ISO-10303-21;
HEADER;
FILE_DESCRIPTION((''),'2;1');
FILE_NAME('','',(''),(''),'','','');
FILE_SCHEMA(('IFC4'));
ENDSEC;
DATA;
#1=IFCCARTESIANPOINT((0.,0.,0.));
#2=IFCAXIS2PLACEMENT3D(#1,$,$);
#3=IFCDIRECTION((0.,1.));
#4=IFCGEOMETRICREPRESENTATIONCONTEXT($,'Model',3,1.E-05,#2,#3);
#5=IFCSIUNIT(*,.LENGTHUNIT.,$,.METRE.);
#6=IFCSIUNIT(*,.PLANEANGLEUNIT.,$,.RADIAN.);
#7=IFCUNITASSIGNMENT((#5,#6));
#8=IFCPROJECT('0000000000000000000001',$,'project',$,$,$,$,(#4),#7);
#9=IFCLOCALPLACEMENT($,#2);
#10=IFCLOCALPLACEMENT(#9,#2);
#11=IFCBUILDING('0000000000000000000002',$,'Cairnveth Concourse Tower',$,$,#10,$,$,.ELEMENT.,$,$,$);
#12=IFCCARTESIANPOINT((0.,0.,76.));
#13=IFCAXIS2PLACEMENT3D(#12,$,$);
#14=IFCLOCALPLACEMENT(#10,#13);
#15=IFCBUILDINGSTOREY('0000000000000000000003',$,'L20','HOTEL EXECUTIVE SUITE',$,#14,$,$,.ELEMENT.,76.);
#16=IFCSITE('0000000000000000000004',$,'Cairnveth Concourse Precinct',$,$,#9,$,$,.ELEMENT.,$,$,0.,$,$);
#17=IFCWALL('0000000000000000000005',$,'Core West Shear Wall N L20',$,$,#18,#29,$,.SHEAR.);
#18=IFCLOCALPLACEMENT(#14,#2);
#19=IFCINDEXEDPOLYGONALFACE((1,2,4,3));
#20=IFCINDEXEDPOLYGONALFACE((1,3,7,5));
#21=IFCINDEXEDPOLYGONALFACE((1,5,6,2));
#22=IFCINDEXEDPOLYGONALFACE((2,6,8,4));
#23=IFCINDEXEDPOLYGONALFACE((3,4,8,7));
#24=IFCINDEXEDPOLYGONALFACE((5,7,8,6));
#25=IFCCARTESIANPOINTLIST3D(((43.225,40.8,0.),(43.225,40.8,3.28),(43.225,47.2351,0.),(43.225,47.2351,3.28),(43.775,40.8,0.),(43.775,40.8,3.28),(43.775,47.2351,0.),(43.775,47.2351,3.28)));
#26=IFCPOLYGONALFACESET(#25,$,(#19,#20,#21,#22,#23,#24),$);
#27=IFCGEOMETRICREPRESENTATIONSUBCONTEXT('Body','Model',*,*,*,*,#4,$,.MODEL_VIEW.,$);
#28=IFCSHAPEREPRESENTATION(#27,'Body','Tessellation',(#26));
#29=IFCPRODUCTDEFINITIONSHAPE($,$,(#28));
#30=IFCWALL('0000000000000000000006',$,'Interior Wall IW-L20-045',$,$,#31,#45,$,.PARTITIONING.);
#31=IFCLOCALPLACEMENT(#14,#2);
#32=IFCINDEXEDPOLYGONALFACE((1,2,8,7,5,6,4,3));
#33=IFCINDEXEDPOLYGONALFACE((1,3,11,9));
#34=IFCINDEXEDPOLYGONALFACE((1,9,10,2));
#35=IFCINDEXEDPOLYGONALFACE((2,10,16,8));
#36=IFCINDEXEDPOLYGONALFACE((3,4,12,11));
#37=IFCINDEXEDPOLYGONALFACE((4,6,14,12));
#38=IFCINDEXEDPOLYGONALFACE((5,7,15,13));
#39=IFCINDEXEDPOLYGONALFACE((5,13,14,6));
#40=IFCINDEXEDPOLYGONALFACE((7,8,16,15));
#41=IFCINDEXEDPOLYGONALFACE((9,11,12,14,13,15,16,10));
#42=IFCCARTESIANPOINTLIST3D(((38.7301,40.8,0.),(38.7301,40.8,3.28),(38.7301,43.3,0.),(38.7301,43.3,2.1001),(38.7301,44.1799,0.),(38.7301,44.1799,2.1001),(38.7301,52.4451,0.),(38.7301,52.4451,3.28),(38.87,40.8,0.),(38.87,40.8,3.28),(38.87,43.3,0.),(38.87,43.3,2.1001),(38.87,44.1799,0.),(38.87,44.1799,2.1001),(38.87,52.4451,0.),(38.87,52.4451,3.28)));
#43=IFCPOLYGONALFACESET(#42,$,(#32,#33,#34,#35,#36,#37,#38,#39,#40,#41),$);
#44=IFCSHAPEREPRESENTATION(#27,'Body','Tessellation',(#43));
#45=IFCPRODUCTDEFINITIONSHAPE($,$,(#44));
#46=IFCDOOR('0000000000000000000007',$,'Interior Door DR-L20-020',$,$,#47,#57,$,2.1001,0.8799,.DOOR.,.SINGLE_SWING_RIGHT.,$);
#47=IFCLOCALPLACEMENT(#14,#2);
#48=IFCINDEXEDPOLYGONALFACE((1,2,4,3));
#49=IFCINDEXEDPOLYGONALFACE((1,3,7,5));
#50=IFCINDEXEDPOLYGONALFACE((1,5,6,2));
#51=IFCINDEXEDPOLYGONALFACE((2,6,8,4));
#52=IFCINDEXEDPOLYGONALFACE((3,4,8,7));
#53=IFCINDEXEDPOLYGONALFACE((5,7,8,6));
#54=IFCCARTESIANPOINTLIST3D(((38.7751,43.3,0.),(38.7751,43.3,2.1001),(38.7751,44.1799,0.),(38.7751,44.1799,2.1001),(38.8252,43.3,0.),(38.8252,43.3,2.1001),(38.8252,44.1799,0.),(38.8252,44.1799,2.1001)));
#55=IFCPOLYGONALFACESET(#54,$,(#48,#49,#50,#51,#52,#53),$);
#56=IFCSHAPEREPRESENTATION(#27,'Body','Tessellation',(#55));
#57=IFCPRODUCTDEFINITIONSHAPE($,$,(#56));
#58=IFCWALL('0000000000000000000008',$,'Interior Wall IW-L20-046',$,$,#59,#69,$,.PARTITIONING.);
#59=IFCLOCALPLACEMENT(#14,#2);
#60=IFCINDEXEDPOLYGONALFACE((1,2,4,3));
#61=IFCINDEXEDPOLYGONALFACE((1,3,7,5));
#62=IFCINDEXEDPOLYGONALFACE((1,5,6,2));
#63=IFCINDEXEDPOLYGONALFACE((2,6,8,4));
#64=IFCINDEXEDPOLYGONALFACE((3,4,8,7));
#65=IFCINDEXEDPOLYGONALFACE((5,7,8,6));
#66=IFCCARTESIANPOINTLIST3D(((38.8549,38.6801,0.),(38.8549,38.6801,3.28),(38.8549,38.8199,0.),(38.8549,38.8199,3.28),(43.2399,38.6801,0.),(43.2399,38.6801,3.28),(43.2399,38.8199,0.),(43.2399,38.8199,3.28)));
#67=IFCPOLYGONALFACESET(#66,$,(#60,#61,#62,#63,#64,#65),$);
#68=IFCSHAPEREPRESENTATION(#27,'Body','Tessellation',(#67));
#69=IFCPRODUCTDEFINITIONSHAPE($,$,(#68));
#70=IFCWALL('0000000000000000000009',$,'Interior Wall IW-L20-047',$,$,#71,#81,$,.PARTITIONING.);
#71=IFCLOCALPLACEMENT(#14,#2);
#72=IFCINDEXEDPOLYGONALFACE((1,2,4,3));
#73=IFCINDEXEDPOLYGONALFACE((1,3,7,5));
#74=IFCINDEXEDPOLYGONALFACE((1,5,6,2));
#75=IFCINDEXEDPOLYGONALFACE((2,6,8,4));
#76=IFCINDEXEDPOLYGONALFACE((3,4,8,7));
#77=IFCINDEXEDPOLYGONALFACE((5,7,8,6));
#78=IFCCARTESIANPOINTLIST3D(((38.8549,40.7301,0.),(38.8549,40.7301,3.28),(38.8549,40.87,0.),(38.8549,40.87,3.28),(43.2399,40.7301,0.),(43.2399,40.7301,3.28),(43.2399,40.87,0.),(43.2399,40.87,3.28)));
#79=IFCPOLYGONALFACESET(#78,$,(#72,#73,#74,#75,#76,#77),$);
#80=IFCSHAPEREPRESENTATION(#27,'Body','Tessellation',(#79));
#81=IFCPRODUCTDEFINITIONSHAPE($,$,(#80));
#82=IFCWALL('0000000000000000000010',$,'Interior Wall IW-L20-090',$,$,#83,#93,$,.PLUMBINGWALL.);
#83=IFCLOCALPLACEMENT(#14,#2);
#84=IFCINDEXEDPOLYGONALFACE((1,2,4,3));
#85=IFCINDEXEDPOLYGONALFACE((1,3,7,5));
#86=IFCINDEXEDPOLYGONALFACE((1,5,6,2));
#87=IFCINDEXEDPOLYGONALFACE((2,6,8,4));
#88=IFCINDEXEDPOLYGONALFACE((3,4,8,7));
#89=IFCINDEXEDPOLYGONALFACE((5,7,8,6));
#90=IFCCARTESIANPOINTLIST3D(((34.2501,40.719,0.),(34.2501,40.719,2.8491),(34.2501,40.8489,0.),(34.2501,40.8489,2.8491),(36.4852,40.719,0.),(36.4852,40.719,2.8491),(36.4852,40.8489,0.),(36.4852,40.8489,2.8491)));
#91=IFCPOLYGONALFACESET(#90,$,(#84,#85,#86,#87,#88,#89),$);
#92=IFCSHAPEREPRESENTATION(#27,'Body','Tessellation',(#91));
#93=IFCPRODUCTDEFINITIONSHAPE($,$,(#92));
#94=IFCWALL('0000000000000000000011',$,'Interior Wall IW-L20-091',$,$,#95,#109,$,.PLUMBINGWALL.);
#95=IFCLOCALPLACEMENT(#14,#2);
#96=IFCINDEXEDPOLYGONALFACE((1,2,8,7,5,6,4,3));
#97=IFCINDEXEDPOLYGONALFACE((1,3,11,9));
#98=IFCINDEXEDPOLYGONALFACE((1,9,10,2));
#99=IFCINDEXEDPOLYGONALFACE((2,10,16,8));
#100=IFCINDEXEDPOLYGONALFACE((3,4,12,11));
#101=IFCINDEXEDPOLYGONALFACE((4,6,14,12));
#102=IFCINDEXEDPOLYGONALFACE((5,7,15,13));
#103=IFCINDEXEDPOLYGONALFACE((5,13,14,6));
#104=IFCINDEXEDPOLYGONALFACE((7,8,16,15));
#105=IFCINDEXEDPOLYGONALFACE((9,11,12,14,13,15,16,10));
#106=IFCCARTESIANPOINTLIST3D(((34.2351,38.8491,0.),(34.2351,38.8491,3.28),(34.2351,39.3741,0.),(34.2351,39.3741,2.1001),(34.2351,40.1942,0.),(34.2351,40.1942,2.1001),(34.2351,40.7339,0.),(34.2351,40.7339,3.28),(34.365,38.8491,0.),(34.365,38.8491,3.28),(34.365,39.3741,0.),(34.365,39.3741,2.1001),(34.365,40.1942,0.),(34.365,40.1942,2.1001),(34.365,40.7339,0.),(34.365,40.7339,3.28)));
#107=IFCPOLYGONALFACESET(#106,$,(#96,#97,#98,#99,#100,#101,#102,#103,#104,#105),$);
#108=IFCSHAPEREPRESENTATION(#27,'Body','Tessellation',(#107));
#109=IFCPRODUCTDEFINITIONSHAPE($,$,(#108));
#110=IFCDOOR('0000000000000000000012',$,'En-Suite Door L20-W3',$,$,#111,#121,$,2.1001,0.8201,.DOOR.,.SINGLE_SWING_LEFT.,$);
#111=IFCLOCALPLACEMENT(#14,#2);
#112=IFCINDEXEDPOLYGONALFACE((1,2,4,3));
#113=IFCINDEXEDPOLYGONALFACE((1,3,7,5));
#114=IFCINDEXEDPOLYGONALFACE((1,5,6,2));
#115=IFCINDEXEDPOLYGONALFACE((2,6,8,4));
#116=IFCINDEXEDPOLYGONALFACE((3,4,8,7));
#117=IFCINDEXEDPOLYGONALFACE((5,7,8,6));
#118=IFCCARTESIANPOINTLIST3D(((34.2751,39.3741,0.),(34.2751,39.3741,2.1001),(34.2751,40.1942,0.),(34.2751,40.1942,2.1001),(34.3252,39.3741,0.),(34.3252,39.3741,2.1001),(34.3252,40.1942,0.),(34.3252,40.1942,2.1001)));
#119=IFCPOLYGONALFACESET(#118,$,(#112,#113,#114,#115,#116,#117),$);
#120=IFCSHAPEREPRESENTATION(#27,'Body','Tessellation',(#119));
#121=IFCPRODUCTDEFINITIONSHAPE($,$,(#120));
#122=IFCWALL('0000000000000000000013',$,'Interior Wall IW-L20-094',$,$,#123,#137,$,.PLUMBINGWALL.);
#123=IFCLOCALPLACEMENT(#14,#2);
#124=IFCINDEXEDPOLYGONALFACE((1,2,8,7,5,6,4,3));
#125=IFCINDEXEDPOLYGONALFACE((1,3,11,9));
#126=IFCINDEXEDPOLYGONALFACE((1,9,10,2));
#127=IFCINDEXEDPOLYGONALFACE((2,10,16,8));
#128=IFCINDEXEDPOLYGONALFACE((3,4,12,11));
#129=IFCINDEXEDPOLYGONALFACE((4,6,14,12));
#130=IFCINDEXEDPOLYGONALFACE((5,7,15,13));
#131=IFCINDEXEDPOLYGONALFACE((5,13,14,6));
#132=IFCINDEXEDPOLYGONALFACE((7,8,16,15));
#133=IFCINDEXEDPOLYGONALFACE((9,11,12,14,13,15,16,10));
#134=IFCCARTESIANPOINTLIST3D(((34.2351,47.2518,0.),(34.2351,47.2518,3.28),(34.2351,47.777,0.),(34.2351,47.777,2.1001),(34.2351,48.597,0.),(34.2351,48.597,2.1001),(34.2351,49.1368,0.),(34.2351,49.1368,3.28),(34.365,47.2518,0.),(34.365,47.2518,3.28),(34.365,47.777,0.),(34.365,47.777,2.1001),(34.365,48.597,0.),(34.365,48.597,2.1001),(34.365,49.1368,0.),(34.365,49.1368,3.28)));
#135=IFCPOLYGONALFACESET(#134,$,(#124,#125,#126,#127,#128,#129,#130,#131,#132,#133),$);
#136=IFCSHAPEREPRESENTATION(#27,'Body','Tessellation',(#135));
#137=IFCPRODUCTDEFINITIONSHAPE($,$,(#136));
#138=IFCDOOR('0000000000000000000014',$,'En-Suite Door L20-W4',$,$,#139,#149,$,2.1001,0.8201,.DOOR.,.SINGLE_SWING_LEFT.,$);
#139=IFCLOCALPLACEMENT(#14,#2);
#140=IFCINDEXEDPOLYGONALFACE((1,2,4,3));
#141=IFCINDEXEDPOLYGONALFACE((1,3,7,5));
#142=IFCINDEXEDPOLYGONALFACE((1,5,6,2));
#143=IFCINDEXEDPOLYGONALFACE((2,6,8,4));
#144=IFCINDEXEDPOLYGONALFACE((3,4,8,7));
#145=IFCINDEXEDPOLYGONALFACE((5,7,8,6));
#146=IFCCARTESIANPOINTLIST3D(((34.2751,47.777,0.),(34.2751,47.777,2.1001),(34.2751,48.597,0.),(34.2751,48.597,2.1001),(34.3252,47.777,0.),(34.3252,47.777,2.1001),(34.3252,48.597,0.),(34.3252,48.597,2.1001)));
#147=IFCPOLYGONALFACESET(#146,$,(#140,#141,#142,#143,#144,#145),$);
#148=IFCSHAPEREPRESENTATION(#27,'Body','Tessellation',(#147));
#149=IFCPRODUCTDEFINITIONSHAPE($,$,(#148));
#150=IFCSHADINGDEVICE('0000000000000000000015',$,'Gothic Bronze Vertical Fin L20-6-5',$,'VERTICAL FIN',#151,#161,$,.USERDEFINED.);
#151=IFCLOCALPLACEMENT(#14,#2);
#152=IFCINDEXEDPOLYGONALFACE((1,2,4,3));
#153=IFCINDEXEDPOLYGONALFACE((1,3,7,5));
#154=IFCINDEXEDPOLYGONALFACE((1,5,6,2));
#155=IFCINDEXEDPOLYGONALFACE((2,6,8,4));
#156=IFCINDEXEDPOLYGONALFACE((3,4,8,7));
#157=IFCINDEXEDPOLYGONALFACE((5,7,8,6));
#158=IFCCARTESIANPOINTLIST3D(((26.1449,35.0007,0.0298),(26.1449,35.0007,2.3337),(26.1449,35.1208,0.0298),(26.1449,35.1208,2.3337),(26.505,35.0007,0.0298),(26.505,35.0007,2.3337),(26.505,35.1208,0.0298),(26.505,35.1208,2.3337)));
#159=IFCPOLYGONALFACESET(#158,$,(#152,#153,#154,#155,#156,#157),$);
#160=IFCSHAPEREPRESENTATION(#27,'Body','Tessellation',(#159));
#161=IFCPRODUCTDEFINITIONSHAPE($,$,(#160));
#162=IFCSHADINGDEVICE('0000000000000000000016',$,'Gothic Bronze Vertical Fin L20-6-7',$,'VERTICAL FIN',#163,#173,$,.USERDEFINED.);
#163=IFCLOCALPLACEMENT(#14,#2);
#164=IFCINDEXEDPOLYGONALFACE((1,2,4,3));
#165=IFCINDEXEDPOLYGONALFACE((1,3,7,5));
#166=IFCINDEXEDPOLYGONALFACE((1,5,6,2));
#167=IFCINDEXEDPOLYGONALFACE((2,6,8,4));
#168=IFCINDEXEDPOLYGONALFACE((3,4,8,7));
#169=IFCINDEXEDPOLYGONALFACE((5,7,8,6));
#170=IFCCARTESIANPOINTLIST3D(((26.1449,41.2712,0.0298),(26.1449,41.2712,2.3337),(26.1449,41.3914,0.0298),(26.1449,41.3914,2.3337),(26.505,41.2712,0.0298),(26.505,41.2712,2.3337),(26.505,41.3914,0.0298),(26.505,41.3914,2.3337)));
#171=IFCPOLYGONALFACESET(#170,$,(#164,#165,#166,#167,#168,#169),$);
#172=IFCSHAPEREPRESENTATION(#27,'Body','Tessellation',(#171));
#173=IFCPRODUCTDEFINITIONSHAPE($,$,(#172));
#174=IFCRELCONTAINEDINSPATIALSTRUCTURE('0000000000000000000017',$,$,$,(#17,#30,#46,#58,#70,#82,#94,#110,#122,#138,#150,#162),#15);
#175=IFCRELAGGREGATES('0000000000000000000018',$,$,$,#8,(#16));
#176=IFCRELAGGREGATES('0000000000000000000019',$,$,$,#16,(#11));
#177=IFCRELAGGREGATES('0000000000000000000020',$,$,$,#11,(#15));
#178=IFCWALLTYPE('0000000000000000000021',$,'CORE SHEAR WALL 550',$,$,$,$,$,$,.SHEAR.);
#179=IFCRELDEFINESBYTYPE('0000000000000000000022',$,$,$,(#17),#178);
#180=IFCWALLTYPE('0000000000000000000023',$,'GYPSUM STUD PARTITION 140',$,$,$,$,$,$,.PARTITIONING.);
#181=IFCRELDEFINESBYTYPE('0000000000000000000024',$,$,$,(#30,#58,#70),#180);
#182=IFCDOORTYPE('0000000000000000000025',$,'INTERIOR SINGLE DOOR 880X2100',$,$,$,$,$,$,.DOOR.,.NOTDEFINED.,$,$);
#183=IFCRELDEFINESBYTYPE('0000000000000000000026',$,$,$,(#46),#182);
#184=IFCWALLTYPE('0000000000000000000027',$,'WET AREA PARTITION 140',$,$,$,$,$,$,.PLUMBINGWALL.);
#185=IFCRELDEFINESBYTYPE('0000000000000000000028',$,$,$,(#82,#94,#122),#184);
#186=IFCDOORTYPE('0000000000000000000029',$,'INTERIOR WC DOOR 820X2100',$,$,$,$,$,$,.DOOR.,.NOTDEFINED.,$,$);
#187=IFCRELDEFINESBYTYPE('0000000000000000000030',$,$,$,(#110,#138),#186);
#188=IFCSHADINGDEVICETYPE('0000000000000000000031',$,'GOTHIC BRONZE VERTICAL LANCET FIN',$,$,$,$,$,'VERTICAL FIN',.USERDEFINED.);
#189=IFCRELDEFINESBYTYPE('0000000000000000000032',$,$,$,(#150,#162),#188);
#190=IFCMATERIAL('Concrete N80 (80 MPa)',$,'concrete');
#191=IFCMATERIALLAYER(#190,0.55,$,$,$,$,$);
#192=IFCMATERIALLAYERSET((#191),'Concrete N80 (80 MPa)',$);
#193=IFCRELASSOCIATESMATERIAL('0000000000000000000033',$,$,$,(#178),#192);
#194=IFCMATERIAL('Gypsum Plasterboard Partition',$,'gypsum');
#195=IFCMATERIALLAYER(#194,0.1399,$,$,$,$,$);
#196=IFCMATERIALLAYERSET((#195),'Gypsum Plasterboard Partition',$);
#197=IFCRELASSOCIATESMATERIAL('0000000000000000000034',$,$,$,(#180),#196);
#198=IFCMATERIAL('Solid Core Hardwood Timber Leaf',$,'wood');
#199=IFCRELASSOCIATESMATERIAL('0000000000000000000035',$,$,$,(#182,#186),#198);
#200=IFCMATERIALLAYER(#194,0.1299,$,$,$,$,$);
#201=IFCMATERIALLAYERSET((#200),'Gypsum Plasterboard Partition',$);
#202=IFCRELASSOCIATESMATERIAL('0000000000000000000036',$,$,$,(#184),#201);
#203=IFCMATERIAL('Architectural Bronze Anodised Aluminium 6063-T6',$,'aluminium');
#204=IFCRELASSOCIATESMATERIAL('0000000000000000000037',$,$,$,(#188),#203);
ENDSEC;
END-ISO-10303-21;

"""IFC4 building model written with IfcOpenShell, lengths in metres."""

from ifc_helpers import new_model, si_unit, direction, frame, frame_2d, origin, origin_2d, place, context, subcontext, project, spatial, rectangle, extrude, material, layer, layer_set, type_object, element, fill, save


model = new_model("IFC4")

# Units and contexts
model_context = context("Model", 3, precision=1e-05, world=origin(), true_north=direction((0.0, 1.0)))
body_context = subcontext(model_context, "Body", "Model", "MODEL_VIEW")
ifc_project = project(units=[si_unit("LENGTHUNIT", "METRE"), si_unit("PLANEANGLEUNIT", "RADIAN")], contexts=[model_context])

# Site, building, storey
site_placement = place(None, origin())
site = spatial("IfcSite", under=ifc_project, at=site_placement, Name="Cairnveth Concourse Precinct", CompositionType="ELEMENT", RefElevation=0.0)
building_placement = place(site_placement, origin())
building = spatial("IfcBuilding", under=site, at=building_placement, Name="Cairnveth Concourse Tower", CompositionType="ELEMENT")
storey_placement = place(building_placement, frame((0.0, 0.0, 76.0)))
storey = spatial("IfcBuildingStorey", under=building, at=storey_placement, Name="L20", Description="HOTEL EXECUTIVE SUITE", CompositionType="ELEMENT", Elevation=76.0)

# Shared definitions
ifc_material_1 = material(Name="Concrete N80 (80 MPa)", Category="concrete")

# Wall
ifc_material_2 = material(Name="Gypsum Plasterboard Partition", Category="gypsum")
ifc_layer_1 = layer(ifc_material_1, 0.55)
ifc_layer_set_1 = layer_set([ifc_layer_1], Name="Concrete N80 (80 MPa)")
wall_type_1 = type_object("IfcWallType", Name="CORE SHEAR WALL 550", PredefinedType="SHEAR", material=ifc_layer_set_1)
wall_1_placement = place(storey_placement, frame((43.5, 40.8, 0.0), z_axis=(0.0, 0.0, 1.0), x_axis=(0.0, 1.0, 0.0)))
element("IfcWall", 1, at=wall_1_placement, inside=storey, type_object=wall_type_1, Name="Core West Shear Wall N L20", PredefinedType="SHEAR", context=body_context, shape_type="SweptSolid", body=[
    extrude(rectangle(XDim=6.4351, YDim=0.55, at=frame_2d((3.2175, 0.0))), origin(), (0.0, 0.0, 1.0), 3.28),
])

# Wall, opening, door
ifc_layer_2 = layer(ifc_material_2, 0.1399)
ifc_layer_set_2 = layer_set([ifc_layer_2], Name="Gypsum Plasterboard Partition")
wall_type_2 = type_object("IfcWallType", Name="GYPSUM STUD PARTITION 140", PredefinedType="PARTITIONING", material=ifc_layer_set_2)
wall_2_placement = place(storey_placement, frame((38.8, 40.8, 0.0), z_axis=(0.0, 0.0, 1.0), x_axis=(0.0, 1.0, 0.0)))
wall_2 = element("IfcWall", 2, at=wall_2_placement, inside=storey, type_object=wall_type_2, Name="Interior Wall IW-L20-045", PredefinedType="PARTITIONING", context=body_context, shape_type="SweptSolid", body=[
    extrude(rectangle(XDim=11.645, YDim=0.1399, at=frame_2d((5.8225, 0.0))), origin(), (0.0, 0.0, 1.0), 3.28),
])
opening_1_placement = place(wall_2_placement, frame((2.5, 0.0, 0.0)))
opening_1 = element("IfcOpeningElement", 3, at=opening_1_placement, cuts=wall_2, PredefinedType="OPENING", context=body_context, shape_type="SweptSolid", body=[
    extrude(rectangle(XDim=0.8799, YDim=2.1001, at=frame_2d((0.4399, 1.05))), frame((0.0, 0.0798, 0.0), z_axis=(0.0, -1.0, 0.0), x_axis=(1.0, 0.0, 0.0)), (0.0, 0.0, 1.0), 0.1599),
])
ifc_material_3 = material(Name="Solid Core Hardwood Timber Leaf", Category="wood")
door_type_1 = type_object("IfcDoorType", Name="INTERIOR SINGLE DOOR 880X2100", OperationType="NOTDEFINED", PredefinedType="DOOR", material=ifc_material_3)
door_1_placement = place(opening_1_placement, origin())
door_1 = element("IfcDoor", 4, at=door_1_placement, inside=storey, type_object=door_type_1, Name="Interior Door DR-L20-020", OperationType="SINGLE_SWING_RIGHT", OverallHeight=2.1001, OverallWidth=0.8799, PredefinedType="DOOR", context=body_context, shape_type="SweptSolid", body=[
    extrude(rectangle(XDim=0.8799, YDim=2.1001, at=frame_2d((0.4399, 1.05))), frame((0.0, 0.0249, 0.0), z_axis=(0.0, -1.0, 0.0), x_axis=(1.0, 0.0, 0.0)), (0.0, 0.0, 1.0), 0.05),
])
fill(opening_1, door_1)

# Walls
for number, where, z_axis, x_axis, name in (
    (5, (38.855, 38.75, 0.0), (0.0, 0.0, 1.0), (1.0, 0.0, 0.0), "Interior Wall IW-L20-046"),
    (6, (38.855, 40.8, 0.0), (0.0, 0.0, 1.0), (1.0, 0.0, 0.0), "Interior Wall IW-L20-047"),
):
    element("IfcWall", number, at=place(storey_placement, frame(where, z_axis=z_axis, x_axis=x_axis)), inside=storey, type_object=wall_type_2, Name=name, PredefinedType="PARTITIONING", context=body_context, shape_type="SweptSolid", body=[
        extrude(rectangle(XDim=4.385, YDim=0.1399, at=frame_2d((2.1924, 0.0))), origin(), (0.0, 0.0, 1.0), 3.28),
    ])
ifc_layer_3 = layer(ifc_material_2, 0.1299)
ifc_layer_set_3 = layer_set([ifc_layer_3], Name="Gypsum Plasterboard Partition")
wall_type_3 = type_object("IfcWallType", Name="WET AREA PARTITION 140", PredefinedType="PLUMBINGWALL", material=ifc_layer_set_3)
wall_3_placement = place(storey_placement, frame((34.25, 40.7839, 0.0), z_axis=(0.0, 0.0, 1.0), x_axis=(1.0, 0.0, 0.0)))
element("IfcWall", 7, at=wall_3_placement, inside=storey, type_object=wall_type_3, Name="Interior Wall IW-L20-090", PredefinedType="PLUMBINGWALL", context=body_context, shape_type="SweptSolid", body=[
    extrude(rectangle(XDim=2.2351, YDim=0.1299, at=frame_2d((1.1177, 0.0))), origin(), (0.0, 0.0, 1.0), 2.8491),
])

# Walls, openings, doors
wall_4_placement = place(storey_placement, frame((34.3, 38.8491, 0.0), z_axis=(0.0, 0.0, 1.0), x_axis=(0.0, 1.0, 0.0)))
wall_4 = element("IfcWall", 8, at=wall_4_placement, inside=storey, type_object=wall_type_3, Name="Interior Wall IW-L20-091", PredefinedType="PLUMBINGWALL", context=body_context, shape_type="SweptSolid", body=[
    extrude(rectangle(XDim=1.8848, YDim=0.1299, at=frame_2d((0.9424, 0.0))), origin(), (0.0, 0.0, 1.0), 3.28),
])
opening_2_placement = place(wall_4_placement, frame((0.5249, 0.0, 0.0)))
opening_2 = element("IfcOpeningElement", 9, at=opening_2_placement, cuts=wall_4, PredefinedType="OPENING", context=body_context, shape_type="SweptSolid", body=[
    extrude(rectangle(XDim=0.8201, YDim=2.1001, at=frame_2d((0.4102, 1.05))), frame((0.0, 0.075, 0.0), z_axis=(0.0, -1.0, 0.0), x_axis=(1.0, 0.0, 0.0)), (0.0, 0.0, 1.0), 0.1499),
])
door_type_2 = type_object("IfcDoorType", Name="INTERIOR WC DOOR 820X2100", OperationType="NOTDEFINED", PredefinedType="DOOR", material=ifc_material_3)
door_2_placement = place(opening_2_placement, origin())
door_2 = element("IfcDoor", 10, at=door_2_placement, inside=storey, type_object=door_type_2, Name="En-Suite Door L20-W3", OperationType="SINGLE_SWING_LEFT", OverallHeight=2.1001, OverallWidth=0.8201, PredefinedType="DOOR", context=body_context, shape_type="SweptSolid", body=[
    extrude(rectangle(XDim=0.8201, YDim=2.1001, at=frame_2d((0.4102, 1.05))), frame((0.0, 0.0249, 0.0), z_axis=(0.0, -1.0, 0.0), x_axis=(1.0, 0.0, 0.0)), (0.0, 0.0, 1.0), 0.05),
])
fill(opening_2, door_2)
wall_5_placement = place(storey_placement, frame((34.3, 47.252, 0.0), z_axis=(0.0, 0.0, 1.0), x_axis=(0.0, 1.0, 0.0)))
wall_5 = element("IfcWall", 11, at=wall_5_placement, inside=storey, type_object=wall_type_3, Name="Interior Wall IW-L20-094", PredefinedType="PLUMBINGWALL", context=body_context, shape_type="SweptSolid", body=[
    extrude(rectangle(XDim=1.885, YDim=0.1299, at=frame_2d((0.9424, 0.0))), origin(), (0.0, 0.0, 1.0), 3.28),
])
opening_3_placement = place(wall_5_placement, frame((0.5249, 0.0, 0.0)))
opening_3 = element("IfcOpeningElement", 12, at=opening_3_placement, cuts=wall_5, PredefinedType="OPENING", context=body_context, shape_type="SweptSolid", body=[
    extrude(rectangle(XDim=0.8201, YDim=2.1001, at=frame_2d((0.4102, 1.05))), frame((0.0, 0.075, 0.0), z_axis=(0.0, -1.0, 0.0), x_axis=(1.0, 0.0, 0.0)), (0.0, 0.0, 1.0), 0.1499),
])
door_3_placement = place(opening_3_placement, origin())
door_3 = element("IfcDoor", 13, at=door_3_placement, inside=storey, type_object=door_type_2, Name="En-Suite Door L20-W4", OperationType="SINGLE_SWING_LEFT", OverallHeight=2.1001, OverallWidth=0.8201, PredefinedType="DOOR", context=body_context, shape_type="SweptSolid", body=[
    extrude(rectangle(XDim=0.8201, YDim=2.1001, at=frame_2d((0.4102, 1.05))), frame((0.0, 0.0249, 0.0), z_axis=(0.0, -1.0, 0.0), x_axis=(1.0, 0.0, 0.0)), (0.0, 0.0, 1.0), 0.05),
])
fill(opening_3, door_3)

# Shading devices
ifc_material_4 = material(Name="Architectural Bronze Anodised Aluminium 6063-T6", Category="aluminium")
shading_device_type = type_object("IfcShadingDeviceType", Name="GOTHIC BRONZE VERTICAL LANCET FIN", ElementType="VERTICAL FIN", PredefinedType="USERDEFINED", material=ifc_material_4)
for number, where, z_axis, x_axis, name in (
    (14, (26.325, 35.0608, 0.0298), (0.0, 0.0, 1.0), (0.0, 1.0, 0.0), "Gothic Bronze Vertical Fin L20-6-5"),
    (15, (26.325, 41.3313, 0.0298), (0.0, 0.0, 1.0), (0.0, 1.0, 0.0), "Gothic Bronze Vertical Fin L20-6-7"),
):
    element("IfcShadingDevice", number, at=place(storey_placement, frame(where, z_axis=z_axis, x_axis=x_axis)), inside=storey, type_object=shading_device_type, Name=name, ObjectType="VERTICAL FIN", PredefinedType="USERDEFINED", context=body_context, shape_type="SweptSolid", body=[
        extrude(rectangle(XDim=0.1201, YDim=0.3601, at=origin_2d()), origin(), (0.0, 0.0, 1.0), 2.304),
    ])

save(model, "model.ifc")
